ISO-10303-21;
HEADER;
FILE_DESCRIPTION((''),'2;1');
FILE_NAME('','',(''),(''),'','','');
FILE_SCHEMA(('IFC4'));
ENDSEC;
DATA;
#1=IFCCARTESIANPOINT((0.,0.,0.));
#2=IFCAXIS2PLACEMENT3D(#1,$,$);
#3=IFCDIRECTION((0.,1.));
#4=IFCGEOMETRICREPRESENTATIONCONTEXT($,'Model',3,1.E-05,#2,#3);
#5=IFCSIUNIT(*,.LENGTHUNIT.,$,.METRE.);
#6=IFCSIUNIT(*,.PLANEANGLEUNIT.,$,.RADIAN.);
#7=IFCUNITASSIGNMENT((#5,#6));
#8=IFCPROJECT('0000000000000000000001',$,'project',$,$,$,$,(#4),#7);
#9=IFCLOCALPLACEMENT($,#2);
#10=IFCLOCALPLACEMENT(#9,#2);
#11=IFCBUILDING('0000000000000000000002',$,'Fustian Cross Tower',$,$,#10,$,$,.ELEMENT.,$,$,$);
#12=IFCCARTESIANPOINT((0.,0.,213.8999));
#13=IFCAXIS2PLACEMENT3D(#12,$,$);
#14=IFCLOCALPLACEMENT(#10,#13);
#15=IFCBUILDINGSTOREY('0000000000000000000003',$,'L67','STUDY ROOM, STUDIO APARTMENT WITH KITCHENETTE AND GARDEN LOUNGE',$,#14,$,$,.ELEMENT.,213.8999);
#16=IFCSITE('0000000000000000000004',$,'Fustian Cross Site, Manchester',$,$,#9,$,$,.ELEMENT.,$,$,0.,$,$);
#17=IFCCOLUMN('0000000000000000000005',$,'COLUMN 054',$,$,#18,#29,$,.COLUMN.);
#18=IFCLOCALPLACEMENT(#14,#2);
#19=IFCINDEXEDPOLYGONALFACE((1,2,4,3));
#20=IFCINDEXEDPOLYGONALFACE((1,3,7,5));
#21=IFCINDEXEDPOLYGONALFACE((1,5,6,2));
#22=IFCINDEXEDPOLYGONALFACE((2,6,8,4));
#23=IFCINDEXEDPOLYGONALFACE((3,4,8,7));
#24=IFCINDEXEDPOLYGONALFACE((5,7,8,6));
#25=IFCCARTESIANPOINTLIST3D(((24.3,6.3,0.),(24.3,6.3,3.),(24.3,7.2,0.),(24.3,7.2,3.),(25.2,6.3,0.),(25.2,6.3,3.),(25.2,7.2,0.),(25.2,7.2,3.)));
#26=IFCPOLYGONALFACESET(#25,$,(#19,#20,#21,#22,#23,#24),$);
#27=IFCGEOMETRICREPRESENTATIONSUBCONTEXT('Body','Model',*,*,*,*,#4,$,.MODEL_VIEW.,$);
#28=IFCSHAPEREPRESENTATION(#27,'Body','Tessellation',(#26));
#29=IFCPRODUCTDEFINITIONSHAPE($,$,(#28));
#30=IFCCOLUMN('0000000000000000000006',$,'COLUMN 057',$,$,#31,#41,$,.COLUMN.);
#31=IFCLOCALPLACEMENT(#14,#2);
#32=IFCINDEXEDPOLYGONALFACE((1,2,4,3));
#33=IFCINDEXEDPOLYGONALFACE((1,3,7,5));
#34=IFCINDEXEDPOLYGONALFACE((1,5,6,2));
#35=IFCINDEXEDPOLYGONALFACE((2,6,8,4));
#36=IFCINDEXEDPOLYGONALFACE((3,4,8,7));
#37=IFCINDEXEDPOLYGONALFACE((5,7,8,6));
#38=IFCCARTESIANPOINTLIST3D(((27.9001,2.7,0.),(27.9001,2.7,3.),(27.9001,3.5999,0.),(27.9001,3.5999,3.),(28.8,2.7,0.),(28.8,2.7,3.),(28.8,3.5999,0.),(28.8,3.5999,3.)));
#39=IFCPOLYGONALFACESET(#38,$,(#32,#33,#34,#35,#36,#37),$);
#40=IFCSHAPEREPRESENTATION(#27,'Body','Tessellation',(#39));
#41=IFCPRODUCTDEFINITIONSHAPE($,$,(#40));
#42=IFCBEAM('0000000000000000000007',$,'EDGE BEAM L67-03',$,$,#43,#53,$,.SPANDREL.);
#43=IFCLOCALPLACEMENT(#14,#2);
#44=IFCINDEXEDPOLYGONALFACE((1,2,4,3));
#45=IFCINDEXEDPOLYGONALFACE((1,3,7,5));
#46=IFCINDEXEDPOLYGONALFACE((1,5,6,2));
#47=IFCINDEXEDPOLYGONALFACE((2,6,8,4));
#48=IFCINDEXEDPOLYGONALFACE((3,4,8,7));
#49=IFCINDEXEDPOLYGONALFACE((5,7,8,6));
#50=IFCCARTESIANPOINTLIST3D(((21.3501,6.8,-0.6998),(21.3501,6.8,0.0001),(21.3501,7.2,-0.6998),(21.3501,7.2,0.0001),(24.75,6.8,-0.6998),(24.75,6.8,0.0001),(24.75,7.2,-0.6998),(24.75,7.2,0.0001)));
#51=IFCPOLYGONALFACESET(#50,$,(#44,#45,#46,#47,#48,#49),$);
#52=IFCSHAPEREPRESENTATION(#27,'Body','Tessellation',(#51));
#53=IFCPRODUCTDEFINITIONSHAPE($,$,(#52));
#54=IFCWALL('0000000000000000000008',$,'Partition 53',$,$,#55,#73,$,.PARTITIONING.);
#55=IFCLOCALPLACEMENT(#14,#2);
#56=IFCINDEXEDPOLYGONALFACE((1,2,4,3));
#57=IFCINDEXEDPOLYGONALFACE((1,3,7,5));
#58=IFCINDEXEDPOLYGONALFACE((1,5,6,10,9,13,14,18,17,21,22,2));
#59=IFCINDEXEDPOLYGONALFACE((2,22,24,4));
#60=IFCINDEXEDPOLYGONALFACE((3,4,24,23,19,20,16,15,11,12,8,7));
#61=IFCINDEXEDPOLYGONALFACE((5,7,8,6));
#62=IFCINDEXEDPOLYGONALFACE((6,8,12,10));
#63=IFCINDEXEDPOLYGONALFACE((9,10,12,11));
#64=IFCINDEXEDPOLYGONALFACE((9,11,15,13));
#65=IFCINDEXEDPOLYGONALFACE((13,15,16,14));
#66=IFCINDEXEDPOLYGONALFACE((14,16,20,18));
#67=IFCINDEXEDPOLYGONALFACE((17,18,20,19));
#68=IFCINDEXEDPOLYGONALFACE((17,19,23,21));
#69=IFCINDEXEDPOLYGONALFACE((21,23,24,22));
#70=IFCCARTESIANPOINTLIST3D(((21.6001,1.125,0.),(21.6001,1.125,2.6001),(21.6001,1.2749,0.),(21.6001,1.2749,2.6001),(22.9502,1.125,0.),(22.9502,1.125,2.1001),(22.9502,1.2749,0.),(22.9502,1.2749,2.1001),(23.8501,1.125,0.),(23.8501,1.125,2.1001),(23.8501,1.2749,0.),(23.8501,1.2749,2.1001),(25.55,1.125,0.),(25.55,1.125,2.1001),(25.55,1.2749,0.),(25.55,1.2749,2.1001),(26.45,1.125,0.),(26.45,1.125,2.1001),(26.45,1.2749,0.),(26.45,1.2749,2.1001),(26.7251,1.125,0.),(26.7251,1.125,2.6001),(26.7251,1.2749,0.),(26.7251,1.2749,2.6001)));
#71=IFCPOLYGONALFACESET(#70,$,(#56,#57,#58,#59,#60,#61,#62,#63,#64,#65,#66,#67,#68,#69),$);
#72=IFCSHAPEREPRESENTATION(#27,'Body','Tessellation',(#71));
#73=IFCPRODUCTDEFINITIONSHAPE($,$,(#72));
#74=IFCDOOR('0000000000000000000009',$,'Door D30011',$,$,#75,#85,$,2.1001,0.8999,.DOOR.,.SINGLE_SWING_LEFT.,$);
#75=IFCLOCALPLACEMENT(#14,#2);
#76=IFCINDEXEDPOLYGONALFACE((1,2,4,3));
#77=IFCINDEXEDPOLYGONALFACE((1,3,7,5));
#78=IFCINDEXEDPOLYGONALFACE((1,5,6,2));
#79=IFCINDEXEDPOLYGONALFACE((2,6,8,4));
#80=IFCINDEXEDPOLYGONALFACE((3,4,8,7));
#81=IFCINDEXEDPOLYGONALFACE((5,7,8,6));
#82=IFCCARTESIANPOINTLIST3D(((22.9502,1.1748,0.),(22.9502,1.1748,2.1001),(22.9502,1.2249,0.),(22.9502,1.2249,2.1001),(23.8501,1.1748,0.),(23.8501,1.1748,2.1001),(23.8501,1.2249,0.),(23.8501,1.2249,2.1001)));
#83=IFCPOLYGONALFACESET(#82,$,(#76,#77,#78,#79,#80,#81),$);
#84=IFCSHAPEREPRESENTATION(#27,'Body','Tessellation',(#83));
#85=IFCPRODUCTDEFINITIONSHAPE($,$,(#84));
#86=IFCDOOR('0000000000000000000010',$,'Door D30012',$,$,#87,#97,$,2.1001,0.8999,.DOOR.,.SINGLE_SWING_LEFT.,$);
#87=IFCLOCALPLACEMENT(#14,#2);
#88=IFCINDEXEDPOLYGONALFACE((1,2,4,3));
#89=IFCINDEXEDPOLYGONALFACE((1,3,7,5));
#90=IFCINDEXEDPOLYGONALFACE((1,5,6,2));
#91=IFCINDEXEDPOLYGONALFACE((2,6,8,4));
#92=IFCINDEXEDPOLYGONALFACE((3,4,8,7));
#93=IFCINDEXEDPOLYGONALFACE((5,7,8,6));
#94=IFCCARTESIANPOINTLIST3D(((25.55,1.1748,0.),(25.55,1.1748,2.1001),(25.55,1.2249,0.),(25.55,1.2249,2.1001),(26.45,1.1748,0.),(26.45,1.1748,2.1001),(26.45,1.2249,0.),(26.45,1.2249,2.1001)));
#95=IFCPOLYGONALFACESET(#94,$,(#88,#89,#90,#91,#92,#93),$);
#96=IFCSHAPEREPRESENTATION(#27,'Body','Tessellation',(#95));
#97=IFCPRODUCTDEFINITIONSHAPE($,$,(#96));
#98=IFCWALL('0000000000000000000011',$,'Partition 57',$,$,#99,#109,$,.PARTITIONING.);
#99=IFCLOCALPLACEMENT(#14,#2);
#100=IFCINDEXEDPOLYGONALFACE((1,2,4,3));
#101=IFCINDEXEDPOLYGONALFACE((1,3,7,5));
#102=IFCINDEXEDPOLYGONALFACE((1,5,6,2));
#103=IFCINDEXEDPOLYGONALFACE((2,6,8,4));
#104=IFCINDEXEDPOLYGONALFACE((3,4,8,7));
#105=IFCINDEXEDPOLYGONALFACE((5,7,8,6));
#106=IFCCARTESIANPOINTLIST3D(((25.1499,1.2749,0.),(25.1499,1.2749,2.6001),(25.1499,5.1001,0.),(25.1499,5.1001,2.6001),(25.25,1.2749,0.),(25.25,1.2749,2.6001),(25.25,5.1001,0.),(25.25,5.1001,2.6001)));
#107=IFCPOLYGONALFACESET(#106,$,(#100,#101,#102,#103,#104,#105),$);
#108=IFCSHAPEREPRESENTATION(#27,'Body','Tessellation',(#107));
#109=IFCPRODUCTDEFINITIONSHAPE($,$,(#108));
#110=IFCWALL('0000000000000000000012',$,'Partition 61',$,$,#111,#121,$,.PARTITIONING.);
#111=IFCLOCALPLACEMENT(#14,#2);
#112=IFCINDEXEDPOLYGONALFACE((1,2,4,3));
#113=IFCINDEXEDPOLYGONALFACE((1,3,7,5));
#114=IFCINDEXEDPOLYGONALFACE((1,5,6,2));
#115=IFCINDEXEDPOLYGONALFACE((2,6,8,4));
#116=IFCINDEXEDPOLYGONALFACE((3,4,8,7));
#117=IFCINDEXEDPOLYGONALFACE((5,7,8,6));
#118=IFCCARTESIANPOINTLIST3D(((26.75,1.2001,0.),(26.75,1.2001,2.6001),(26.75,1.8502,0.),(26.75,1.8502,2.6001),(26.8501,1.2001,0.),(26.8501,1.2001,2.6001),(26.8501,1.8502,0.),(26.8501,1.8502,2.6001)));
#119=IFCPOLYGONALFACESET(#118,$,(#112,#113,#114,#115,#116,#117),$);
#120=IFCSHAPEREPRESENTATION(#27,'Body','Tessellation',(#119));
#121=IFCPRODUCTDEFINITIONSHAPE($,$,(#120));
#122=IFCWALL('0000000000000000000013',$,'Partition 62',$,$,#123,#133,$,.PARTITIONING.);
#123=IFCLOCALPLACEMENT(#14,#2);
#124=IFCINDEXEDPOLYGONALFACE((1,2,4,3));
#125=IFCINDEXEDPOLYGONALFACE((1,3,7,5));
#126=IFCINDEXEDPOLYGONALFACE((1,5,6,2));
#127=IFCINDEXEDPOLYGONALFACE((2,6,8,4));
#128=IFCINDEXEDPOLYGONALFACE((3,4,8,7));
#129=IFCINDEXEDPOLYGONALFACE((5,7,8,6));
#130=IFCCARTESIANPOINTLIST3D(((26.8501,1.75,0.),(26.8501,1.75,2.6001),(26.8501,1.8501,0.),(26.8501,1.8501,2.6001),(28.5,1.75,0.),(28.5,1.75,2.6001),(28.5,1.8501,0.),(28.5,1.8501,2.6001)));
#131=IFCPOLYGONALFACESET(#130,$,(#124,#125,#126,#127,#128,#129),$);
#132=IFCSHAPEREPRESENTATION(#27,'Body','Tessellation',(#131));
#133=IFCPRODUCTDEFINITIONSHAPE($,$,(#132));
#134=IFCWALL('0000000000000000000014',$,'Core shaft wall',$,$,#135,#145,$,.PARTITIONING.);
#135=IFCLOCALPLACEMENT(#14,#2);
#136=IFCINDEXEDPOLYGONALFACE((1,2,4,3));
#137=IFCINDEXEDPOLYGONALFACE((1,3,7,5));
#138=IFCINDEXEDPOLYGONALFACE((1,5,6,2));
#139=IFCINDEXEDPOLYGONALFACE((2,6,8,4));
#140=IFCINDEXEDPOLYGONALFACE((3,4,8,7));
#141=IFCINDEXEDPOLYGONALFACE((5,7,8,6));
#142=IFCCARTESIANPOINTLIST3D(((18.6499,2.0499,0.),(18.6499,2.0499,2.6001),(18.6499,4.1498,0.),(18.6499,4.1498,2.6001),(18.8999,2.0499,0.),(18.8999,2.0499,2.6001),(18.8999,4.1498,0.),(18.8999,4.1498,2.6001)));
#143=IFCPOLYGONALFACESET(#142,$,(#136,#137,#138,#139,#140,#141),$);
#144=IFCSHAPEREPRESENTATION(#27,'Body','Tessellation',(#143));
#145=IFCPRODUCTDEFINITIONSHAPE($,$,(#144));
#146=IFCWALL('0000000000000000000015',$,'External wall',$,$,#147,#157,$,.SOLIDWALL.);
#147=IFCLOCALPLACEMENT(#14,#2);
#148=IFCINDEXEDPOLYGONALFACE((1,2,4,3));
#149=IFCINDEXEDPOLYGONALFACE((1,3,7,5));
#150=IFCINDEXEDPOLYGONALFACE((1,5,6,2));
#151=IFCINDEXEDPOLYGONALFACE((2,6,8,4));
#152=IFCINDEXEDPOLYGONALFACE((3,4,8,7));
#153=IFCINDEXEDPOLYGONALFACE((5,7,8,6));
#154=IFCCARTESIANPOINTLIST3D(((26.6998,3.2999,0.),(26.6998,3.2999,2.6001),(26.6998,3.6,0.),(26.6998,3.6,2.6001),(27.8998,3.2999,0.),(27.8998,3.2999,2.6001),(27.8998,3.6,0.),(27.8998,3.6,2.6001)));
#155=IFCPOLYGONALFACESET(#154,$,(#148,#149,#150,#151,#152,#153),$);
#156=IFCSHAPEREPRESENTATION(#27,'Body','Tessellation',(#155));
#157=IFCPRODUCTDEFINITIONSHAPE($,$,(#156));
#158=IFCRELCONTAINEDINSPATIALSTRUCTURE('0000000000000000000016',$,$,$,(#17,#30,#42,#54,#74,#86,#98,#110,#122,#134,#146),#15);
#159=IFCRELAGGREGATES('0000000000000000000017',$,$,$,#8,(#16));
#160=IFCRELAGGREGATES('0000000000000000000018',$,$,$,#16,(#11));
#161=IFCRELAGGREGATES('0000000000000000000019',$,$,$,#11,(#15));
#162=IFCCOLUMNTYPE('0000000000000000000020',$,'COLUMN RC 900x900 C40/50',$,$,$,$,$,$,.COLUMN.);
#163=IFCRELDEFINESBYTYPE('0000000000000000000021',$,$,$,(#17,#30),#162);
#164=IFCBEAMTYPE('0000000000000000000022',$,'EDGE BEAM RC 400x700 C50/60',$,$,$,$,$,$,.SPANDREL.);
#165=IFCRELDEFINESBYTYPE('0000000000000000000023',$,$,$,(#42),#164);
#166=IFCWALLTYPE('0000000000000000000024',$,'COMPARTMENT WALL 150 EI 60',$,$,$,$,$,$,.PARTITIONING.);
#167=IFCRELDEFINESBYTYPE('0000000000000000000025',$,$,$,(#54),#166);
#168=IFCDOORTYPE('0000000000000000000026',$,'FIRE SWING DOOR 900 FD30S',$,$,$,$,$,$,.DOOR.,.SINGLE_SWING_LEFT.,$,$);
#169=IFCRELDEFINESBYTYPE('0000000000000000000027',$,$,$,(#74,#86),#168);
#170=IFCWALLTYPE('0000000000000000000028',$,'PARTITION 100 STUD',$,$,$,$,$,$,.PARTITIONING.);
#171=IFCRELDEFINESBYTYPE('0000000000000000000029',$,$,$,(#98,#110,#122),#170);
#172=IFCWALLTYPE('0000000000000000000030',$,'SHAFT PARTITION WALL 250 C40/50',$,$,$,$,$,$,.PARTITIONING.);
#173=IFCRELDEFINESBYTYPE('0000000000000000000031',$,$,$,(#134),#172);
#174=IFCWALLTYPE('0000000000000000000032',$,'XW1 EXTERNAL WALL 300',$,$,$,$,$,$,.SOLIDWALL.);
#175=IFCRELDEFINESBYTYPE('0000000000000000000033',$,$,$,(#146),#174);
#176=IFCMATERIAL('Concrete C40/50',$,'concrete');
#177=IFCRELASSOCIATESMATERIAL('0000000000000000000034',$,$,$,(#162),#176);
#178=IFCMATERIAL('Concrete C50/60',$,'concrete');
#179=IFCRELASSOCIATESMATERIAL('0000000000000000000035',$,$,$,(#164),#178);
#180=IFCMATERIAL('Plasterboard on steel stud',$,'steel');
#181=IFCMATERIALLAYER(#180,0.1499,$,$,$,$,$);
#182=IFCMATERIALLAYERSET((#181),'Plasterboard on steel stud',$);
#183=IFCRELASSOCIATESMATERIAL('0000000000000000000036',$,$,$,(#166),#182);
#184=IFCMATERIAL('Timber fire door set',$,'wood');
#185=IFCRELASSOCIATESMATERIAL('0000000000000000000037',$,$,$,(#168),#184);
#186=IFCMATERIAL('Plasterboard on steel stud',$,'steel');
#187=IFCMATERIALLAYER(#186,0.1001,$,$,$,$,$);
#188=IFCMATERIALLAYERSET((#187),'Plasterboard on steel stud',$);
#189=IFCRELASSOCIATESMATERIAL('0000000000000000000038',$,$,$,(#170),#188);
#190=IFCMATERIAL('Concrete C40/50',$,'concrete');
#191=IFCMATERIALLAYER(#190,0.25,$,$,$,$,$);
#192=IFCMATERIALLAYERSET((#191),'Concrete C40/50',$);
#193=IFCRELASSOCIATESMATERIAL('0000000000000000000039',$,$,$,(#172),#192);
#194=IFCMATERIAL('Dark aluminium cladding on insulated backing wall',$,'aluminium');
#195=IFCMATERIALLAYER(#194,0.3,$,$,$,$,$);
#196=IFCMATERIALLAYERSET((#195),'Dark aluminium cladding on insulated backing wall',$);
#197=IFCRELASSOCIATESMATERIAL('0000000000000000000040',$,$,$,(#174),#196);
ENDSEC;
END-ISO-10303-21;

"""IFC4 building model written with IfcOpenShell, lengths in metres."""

from ifc_helpers import new_model, si_unit, direction, frame, frame_2d, origin, origin_2d, place, context, subcontext, project, spatial, rectangle, extrude, material, layer, layer_set, material_profile, profile_set, type_object, element, fill, save


model = new_model("IFC4")

# Units and contexts
model_context = context("Model", 3, precision=1e-05, world=origin(), true_north=direction((0.0, 1.0)))
body_context = subcontext(model_context, "Body", "Model", "MODEL_VIEW")
ifc_project = project(units=[si_unit("LENGTHUNIT", "METRE"), si_unit("PLANEANGLEUNIT", "RADIAN")], contexts=[model_context])

# Site, building, storey
site_placement = place(None, origin())
site = spatial("IfcSite", under=ifc_project, at=site_placement, Name="Fustian Cross Site, Manchester", CompositionType="ELEMENT", RefElevation=0.0)
building_placement = place(site_placement, origin())
building = spatial("IfcBuilding", under=site, at=building_placement, Name="Fustian Cross Tower", CompositionType="ELEMENT")
storey_placement = place(building_placement, frame((0.0, 0.0, 213.8999)))
storey = spatial("IfcBuildingStorey", under=building, at=storey_placement, Name="L67", Description="STUDY ROOM, STUDIO APARTMENT WITH KITCHENETTE AND GARDEN LOUNGE", CompositionType="ELEMENT", Elevation=213.8999)

# Columns
ifc_material_1 = material(Name="Concrete C40/50", Category="concrete")
ifc_material_profile_1 = material_profile(ifc_material_1, rectangle(XDim=0.8999, YDim=0.8999, at=origin_2d()), Name="RC 900x900")
ifc_profile_set_1 = profile_set([ifc_material_profile_1], Name="Concrete C40/50")
column_type = type_object("IfcColumnType", Name="COLUMN RC 900x900 C40/50", PredefinedType="COLUMN", material=ifc_profile_set_1)
for number, where, z_axis, x_axis, name in (
    (1, (24.75, 6.75, 0.0), (0.0, 0.0, 1.0), (1.0, 0.0, 0.0), "COLUMN 054"),
    (2, (28.3501, 3.1499, 0.0), (0.0, 0.0, 1.0), (1.0, 0.0, 0.0), "COLUMN 057"),
):
    element("IfcColumn", number, at=place(storey_placement, frame(where, z_axis=z_axis, x_axis=x_axis)), inside=storey, type_object=column_type, Name=name, PredefinedType="COLUMN", context=body_context, shape_type="SweptSolid", body=[
        extrude(rectangle(XDim=0.8999, YDim=0.8999, at=origin_2d()), origin(), (0.0, 0.0, 1.0), 3.0),
    ])

# Beam
ifc_material_2 = material(Name="Concrete C50/60", Category="concrete")
ifc_material_profile_2 = material_profile(ifc_material_2, rectangle(XDim=0.3999, YDim=0.7, at=origin_2d()), Name="RC 400x700")
ifc_profile_set_2 = profile_set([ifc_material_profile_2], Name="Concrete C50/60")
beam_type = type_object("IfcBeamType", Name="EDGE BEAM RC 400x700 C50/60", PredefinedType="SPANDREL", material=ifc_profile_set_2)
beam_placement = place(storey_placement, frame((24.75, 7.0, -0.3499), z_axis=(-1.0, 0.0, 0.0), x_axis=(0.0, -1.0, 0.0)))
element("IfcBeam", 3, at=beam_placement, inside=storey, type_object=beam_type, Name="EDGE BEAM L67-03", PredefinedType="SPANDREL", context=body_context, shape_type="SweptSolid", body=[
    extrude(rectangle(XDim=0.3999, YDim=0.7, at=origin_2d()), origin(), (0.0, 0.0, 1.0), 3.3999),
])

# Wall, openings, doors
ifc_material_3 = material(Name="Plasterboard on steel stud", Category="steel")
ifc_layer_1 = layer(ifc_material_3, 0.1499)
ifc_layer_set_1 = layer_set([ifc_layer_1], Name="Plasterboard on steel stud")
wall_type_1 = type_object("IfcWallType", Name="COMPARTMENT WALL 150 EI 60", PredefinedType="PARTITIONING", material=ifc_layer_set_1)
wall_1_placement = place(storey_placement, frame((21.6001, 1.2, 0.0), z_axis=(0.0, 0.0, 1.0), x_axis=(1.0, 0.0, 0.0)))
wall_1 = element("IfcWall", 4, at=wall_1_placement, inside=storey, type_object=wall_type_1, Name="Partition 53", PredefinedType="PARTITIONING", context=body_context, shape_type="SweptSolid", body=[
    extrude(rectangle(XDim=5.125, YDim=0.1499, at=frame_2d((2.5625, 0.0))), origin(), (0.0, 0.0, 1.0), 2.6001),
])
opening_1_placement = place(wall_1_placement, frame((1.3501, 0.0, 0.0)))
opening_1 = element("IfcOpeningElement", 5, at=opening_1_placement, cuts=wall_1, PredefinedType="OPENING", context=body_context, shape_type="SweptSolid", body=[
    extrude(rectangle(XDim=0.8999, YDim=2.1001, at=frame_2d((0.45, 1.05))), frame((0.0, 0.085, 0.0), z_axis=(0.0, -1.0, 0.0), x_axis=(1.0, 0.0, 0.0)), (0.0, 0.0, 1.0), 0.1699),
])
opening_2_placement = place(wall_1_placement, frame((3.95, 0.0, 0.0)))
opening_2 = element("IfcOpeningElement", 6, at=opening_2_placement, cuts=wall_1, PredefinedType="OPENING", context=body_context, shape_type="SweptSolid", body=[
    extrude(rectangle(XDim=0.8999, YDim=2.1001, at=frame_2d((0.45, 1.05))), frame((0.0, 0.085, 0.0), z_axis=(0.0, -1.0, 0.0), x_axis=(1.0, 0.0, 0.0)), (0.0, 0.0, 1.0), 0.1699),
])
ifc_material_4 = material(Name="Timber fire door set", Category="wood")
door_type = type_object("IfcDoorType", Name="FIRE SWING DOOR 900 FD30S", OperationType="SINGLE_SWING_LEFT", PredefinedType="DOOR", material=ifc_material_4)
door_1_placement = place(opening_1_placement, origin())
door_1 = element("IfcDoor", 7, at=door_1_placement, inside=storey, type_object=door_type, Name="Door D30011", OperationType="SINGLE_SWING_LEFT", OverallHeight=2.1001, OverallWidth=0.8999, PredefinedType="DOOR", context=body_context, shape_type="SweptSolid", body=[
    extrude(rectangle(XDim=0.8999, YDim=2.1001, at=frame_2d((0.45, 1.05))), frame((0.0, 0.0249, 0.0), z_axis=(0.0, -1.0, 0.0), x_axis=(1.0, 0.0, 0.0)), (0.0, 0.0, 1.0), 0.05),
])
fill(opening_1, door_1)
door_2_placement = place(opening_2_placement, origin())
door_2 = element("IfcDoor", 8, at=door_2_placement, inside=storey, type_object=door_type, Name="Door D30012", OperationType="SINGLE_SWING_LEFT", OverallHeight=2.1001, OverallWidth=0.8999, PredefinedType="DOOR", context=body_context, shape_type="SweptSolid", body=[
    extrude(rectangle(XDim=0.8999, YDim=2.1001, at=frame_2d((0.45, 1.05))), frame((0.0, 0.0249, 0.0), z_axis=(0.0, -1.0, 0.0), x_axis=(1.0, 0.0, 0.0)), (0.0, 0.0, 1.0), 0.05),
])
fill(opening_2, door_2)

# Walls
ifc_material_5 = material(Name="Plasterboard on steel stud", Category="steel")
ifc_layer_2 = layer(ifc_material_5, 0.1001)
ifc_layer_set_2 = layer_set([ifc_layer_2], Name="Plasterboard on steel stud")
wall_type_2 = type_object("IfcWallType", Name="PARTITION 100 STUD", PredefinedType="PARTITIONING", material=ifc_layer_set_2)
wall_2_placement = place(storey_placement, frame((25.2, 1.2749, 0.0), z_axis=(0.0, 0.0, 1.0), x_axis=(0.0, 1.0, 0.0)))
element("IfcWall", 9, at=wall_2_placement, inside=storey, type_object=wall_type_2, Name="Partition 57", PredefinedType="PARTITIONING", context=body_context, shape_type="SweptSolid", body=[
    extrude(rectangle(XDim=3.8252, YDim=0.1001, at=frame_2d((1.9126, 0.0))), origin(), (0.0, 0.0, 1.0), 2.6001),
])
wall_3_placement = place(storey_placement, frame((26.8, 1.2, 0.0), z_axis=(0.0, 0.0, 1.0), x_axis=(0.0, 1.0, 0.0)))
element("IfcWall", 10, at=wall_3_placement, inside=storey, type_object=wall_type_2, Name="Partition 61", PredefinedType="PARTITIONING", context=body_context, shape_type="SweptSolid", body=[
    extrude(rectangle(XDim=0.6501, YDim=0.1001, at=frame_2d((0.3252, 0.0))), origin(), (0.0, 0.0, 1.0), 2.6001),
])
wall_4_placement = place(storey_placement, frame((26.8501, 1.8, 0.0), z_axis=(0.0, 0.0, 1.0), x_axis=(1.0, 0.0, 0.0)))
element("IfcWall", 11, at=wall_4_placement, inside=storey, type_object=wall_type_2, Name="Partition 62", PredefinedType="PARTITIONING", context=body_context, shape_type="SweptSolid", body=[
    extrude(rectangle(XDim=1.6499, YDim=0.1001, at=frame_2d((0.825, 0.0))), origin(), (0.0, 0.0, 1.0), 2.6001),
])
ifc_material_6 = material(Name="Concrete C40/50", Category="concrete")
ifc_layer_3 = layer(ifc_material_6, 0.25)
ifc_layer_set_3 = layer_set([ifc_layer_3], Name="Concrete C40/50")
wall_type_3 = type_object("IfcWallType", Name="SHAFT PARTITION WALL 250 C40/50", PredefinedType="PARTITIONING", material=ifc_layer_set_3)
wall_5_placement = place(storey_placement, frame((18.7749, 2.05, 0.0), z_axis=(0.0, 0.0, 1.0), x_axis=(0.0, 1.0, 0.0)))
element("IfcWall", 12, at=wall_5_placement, inside=storey, type_object=wall_type_3, Name="Core shaft wall", PredefinedType="PARTITIONING", context=body_context, shape_type="SweptSolid", body=[
    extrude(rectangle(XDim=2.0999, YDim=0.25, at=frame_2d((1.0498, 0.0))), origin(), (0.0, 0.0, 1.0), 2.6001),
])
ifc_material_7 = material(Name="Dark aluminium cladding on insulated backing wall", Category="aluminium")
ifc_layer_4 = layer(ifc_material_7, 0.3)
ifc_layer_set_4 = layer_set([ifc_layer_4], Name="Dark aluminium cladding on insulated backing wall")
wall_type_4 = type_object("IfcWallType", Name="XW1 EXTERNAL WALL 300", PredefinedType="SOLIDWALL", material=ifc_layer_set_4)
wall_6_placement = place(storey_placement, frame((27.8999, 3.45, 0.0), z_axis=(0.0, 0.0, 1.0), x_axis=(-1.0, 0.0, 0.0)))
element("IfcWall", 13, at=wall_6_placement, inside=storey, type_object=wall_type_4, Name="External wall", PredefinedType="SOLIDWALL", context=body_context, shape_type="SweptSolid", body=[
    extrude(rectangle(XDim=1.2, YDim=0.3, at=frame_2d((0.6001, 0.0))), origin(), (0.0, 0.0, 1.0), 2.6001),
])

save(model, "model.ifc")
